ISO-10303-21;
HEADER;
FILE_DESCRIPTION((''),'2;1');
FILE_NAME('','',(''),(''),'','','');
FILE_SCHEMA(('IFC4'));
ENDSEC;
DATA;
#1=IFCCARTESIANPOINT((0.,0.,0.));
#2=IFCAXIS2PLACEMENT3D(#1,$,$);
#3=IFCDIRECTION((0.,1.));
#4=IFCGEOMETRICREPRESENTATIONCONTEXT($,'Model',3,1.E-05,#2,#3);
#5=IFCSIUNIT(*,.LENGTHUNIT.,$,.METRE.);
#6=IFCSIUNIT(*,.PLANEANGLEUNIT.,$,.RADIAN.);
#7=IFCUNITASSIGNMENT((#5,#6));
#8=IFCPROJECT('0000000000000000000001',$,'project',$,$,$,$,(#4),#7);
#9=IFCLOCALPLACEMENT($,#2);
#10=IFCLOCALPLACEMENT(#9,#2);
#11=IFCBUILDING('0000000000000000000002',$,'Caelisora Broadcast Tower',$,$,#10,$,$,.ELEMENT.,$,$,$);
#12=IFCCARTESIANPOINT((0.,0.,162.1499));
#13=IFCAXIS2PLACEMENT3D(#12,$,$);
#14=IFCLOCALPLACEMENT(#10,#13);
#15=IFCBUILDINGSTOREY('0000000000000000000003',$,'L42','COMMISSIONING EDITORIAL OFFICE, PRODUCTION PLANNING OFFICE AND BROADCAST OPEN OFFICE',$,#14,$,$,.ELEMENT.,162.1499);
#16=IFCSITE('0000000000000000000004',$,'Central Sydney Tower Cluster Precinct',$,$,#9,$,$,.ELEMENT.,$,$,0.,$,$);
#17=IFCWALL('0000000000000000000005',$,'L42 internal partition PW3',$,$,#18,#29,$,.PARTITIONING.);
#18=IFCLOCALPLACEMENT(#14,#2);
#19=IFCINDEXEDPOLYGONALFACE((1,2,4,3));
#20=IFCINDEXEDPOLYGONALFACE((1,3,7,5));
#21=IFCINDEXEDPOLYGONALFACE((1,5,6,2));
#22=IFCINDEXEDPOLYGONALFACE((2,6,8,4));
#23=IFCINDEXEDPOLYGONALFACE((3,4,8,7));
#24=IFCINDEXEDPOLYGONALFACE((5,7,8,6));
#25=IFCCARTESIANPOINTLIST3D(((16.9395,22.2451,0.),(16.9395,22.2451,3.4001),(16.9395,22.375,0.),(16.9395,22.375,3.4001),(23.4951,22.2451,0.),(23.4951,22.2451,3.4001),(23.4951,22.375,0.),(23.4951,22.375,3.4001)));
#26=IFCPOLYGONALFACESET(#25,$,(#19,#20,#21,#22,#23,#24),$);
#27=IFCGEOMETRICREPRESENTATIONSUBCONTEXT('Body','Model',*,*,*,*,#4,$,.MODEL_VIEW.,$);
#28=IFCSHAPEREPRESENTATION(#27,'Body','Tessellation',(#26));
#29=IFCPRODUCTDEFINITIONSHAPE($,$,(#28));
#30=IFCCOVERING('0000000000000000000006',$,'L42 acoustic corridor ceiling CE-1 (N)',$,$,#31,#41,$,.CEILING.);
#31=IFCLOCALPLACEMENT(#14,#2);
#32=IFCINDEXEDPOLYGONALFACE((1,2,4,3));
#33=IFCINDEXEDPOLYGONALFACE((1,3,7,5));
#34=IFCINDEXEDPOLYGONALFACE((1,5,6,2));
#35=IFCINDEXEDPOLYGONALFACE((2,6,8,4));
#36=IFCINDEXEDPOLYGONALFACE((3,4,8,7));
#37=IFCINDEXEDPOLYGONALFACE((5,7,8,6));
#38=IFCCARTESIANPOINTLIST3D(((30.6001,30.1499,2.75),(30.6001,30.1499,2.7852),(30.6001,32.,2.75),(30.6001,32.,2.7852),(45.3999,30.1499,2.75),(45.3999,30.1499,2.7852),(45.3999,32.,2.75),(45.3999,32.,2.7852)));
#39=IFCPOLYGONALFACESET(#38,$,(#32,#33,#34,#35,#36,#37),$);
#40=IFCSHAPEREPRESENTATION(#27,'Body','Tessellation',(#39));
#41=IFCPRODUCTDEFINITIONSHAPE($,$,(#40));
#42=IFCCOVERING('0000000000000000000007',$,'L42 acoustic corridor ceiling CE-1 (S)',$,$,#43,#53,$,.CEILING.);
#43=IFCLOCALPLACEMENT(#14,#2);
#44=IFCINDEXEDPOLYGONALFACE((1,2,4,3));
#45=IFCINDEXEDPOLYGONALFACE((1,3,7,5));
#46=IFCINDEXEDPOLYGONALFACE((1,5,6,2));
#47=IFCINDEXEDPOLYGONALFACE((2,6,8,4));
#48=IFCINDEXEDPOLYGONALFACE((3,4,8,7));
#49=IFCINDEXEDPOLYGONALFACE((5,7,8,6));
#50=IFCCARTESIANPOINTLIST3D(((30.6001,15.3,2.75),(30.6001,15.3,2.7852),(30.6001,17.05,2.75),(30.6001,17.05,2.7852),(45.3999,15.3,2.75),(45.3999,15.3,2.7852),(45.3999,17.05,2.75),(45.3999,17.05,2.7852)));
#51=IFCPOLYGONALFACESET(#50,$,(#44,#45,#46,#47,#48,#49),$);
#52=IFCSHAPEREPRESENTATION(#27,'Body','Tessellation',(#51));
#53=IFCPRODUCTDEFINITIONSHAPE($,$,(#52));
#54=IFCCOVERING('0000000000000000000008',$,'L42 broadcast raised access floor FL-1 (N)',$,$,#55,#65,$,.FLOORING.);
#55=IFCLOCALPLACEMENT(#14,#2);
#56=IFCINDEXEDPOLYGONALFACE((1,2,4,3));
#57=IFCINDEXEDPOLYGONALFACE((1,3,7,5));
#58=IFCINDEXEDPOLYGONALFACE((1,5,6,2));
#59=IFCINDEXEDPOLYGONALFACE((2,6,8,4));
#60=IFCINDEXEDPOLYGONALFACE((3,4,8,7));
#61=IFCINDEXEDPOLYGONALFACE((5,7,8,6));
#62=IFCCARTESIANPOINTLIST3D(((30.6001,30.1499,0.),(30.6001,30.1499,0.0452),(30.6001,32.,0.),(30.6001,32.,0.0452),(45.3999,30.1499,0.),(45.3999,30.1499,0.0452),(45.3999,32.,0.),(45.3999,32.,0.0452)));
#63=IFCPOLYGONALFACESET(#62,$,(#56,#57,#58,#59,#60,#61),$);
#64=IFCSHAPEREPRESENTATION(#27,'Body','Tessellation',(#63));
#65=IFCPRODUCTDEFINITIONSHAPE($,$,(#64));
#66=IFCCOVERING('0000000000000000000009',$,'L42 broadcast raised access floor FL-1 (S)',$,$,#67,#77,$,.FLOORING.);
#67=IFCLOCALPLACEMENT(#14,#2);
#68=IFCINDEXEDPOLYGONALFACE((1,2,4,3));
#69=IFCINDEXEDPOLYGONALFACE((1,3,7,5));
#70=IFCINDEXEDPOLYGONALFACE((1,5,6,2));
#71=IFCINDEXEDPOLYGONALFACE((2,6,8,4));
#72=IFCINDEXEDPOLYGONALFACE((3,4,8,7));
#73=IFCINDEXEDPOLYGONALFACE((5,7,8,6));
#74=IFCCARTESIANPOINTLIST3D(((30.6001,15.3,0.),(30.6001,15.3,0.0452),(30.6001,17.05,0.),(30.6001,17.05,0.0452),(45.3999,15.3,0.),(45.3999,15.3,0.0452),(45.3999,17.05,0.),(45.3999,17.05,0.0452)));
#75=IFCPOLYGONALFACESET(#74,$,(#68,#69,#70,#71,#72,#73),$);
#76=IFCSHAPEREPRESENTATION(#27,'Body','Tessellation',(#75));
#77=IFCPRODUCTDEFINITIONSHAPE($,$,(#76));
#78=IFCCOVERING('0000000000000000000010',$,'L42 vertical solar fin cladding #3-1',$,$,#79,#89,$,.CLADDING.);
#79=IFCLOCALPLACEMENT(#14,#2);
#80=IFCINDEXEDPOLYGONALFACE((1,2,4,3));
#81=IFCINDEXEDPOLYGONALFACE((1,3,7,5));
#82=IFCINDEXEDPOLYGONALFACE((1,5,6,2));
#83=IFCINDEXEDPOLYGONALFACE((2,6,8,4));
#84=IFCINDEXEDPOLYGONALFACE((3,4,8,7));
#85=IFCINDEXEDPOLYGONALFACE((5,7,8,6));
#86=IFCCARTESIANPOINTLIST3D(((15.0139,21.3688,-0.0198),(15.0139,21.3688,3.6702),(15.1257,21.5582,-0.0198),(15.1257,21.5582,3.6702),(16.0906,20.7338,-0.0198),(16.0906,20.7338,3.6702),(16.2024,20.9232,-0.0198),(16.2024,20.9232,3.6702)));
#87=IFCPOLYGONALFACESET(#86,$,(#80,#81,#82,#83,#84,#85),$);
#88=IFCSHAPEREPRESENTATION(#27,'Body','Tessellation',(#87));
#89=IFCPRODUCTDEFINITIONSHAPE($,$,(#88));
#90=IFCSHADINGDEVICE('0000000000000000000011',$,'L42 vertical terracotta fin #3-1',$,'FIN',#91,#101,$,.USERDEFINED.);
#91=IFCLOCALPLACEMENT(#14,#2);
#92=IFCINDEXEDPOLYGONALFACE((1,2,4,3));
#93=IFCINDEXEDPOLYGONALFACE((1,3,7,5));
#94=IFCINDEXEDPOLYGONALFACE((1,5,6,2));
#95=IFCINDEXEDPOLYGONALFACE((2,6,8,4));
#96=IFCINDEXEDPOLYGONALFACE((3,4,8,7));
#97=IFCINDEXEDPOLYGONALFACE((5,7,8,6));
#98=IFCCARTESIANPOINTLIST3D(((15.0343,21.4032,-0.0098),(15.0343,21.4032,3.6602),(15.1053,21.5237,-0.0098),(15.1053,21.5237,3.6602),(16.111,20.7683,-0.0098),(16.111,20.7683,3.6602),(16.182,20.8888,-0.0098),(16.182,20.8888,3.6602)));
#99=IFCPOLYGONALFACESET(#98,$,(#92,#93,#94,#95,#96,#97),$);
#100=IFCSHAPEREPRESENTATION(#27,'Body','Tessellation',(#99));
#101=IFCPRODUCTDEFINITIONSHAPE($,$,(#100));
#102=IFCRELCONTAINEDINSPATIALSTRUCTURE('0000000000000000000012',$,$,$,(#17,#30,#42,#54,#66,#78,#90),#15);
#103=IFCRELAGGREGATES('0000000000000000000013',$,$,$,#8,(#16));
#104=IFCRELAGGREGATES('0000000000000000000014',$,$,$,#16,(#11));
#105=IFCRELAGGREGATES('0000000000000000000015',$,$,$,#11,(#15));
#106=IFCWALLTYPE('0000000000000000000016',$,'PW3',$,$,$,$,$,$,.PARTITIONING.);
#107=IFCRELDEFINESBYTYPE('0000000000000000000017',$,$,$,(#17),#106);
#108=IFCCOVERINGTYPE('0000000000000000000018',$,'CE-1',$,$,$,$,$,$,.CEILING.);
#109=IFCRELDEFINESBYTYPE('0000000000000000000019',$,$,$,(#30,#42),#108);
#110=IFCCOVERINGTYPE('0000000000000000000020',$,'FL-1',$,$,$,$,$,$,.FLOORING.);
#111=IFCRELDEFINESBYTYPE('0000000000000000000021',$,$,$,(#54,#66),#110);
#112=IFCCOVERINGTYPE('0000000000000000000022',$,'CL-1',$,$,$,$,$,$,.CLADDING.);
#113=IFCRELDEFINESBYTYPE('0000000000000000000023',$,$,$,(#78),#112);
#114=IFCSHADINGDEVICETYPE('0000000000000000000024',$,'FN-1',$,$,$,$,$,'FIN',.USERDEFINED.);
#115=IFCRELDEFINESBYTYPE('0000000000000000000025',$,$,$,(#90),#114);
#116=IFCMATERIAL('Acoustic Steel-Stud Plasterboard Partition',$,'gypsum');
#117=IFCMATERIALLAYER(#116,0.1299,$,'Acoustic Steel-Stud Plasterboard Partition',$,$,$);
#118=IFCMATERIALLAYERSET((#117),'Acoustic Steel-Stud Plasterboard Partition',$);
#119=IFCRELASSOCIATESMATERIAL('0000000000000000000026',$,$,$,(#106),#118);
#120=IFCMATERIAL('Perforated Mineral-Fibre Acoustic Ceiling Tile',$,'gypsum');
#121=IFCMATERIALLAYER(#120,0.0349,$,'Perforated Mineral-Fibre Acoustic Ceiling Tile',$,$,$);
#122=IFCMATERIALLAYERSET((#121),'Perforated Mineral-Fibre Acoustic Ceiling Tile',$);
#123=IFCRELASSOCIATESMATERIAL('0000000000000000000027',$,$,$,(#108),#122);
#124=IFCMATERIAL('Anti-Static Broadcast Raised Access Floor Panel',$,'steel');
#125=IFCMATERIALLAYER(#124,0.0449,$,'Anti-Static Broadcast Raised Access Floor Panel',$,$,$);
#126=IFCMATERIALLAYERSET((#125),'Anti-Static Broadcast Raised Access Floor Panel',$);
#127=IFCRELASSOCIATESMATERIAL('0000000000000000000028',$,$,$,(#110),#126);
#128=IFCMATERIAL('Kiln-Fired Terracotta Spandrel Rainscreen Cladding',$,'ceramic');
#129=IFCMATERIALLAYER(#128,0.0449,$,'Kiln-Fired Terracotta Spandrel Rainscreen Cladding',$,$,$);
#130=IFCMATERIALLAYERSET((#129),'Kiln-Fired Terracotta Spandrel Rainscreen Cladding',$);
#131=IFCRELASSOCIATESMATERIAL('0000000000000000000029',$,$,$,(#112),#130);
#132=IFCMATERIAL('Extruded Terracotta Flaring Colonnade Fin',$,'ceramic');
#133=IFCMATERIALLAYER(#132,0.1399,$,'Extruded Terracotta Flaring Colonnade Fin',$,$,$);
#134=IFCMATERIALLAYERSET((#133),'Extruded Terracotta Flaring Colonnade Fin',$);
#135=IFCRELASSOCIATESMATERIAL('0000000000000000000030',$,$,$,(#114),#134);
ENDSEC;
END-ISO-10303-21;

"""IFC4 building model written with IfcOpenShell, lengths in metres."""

from ifc_helpers import new_model, si_unit, direction, frame, frame_2d, origin, origin_2d, place, context, subcontext, project, spatial, polyline, rectangle, outline, extrude, source, transform, mapped, material, layer, layer_set, type_object, type_shapes, element, save


model = new_model("IFC4")

# Units and contexts
model_context = context("Model", 3, precision=1e-05, world=origin(), true_north=direction((0.0, 1.0)))
body_context = subcontext(model_context, "Body", "Model", "MODEL_VIEW")
ifc_project = project(units=[si_unit("LENGTHUNIT", "METRE"), si_unit("PLANEANGLEUNIT", "RADIAN")], contexts=[model_context])

# Site, building, storey
site_placement = place(None, origin())
site = spatial("IfcSite", under=ifc_project, at=site_placement, Name="Central Sydney Tower Cluster Precinct", CompositionType="ELEMENT", RefElevation=0.0)
building_placement = place(site_placement, origin())
building = spatial("IfcBuilding", under=site, at=building_placement, Name="Caelisora Broadcast Tower", CompositionType="ELEMENT")
storey_placement = place(building_placement, frame((0.0, 0.0, 162.1499)))
storey = spatial("IfcBuildingStorey", under=building, at=storey_placement, Name="L42", Description="COMMISSIONING EDITORIAL OFFICE, PRODUCTION PLANNING OFFICE AND BROADCAST OPEN OFFICE", CompositionType="ELEMENT", Elevation=162.1499)

# Shared definitions
ifc_material_1 = material(Name="Acoustic Steel-Stud Plasterboard Partition", Category="gypsum")
ifc_layer_1 = layer(ifc_material_1, 0.1299, Name="Acoustic Steel-Stud Plasterboard Partition")
ifc_layer_set_1 = layer_set([ifc_layer_1], Name="Acoustic Steel-Stud Plasterboard Partition")
wall_type_1 = type_object("IfcWallType", Name="PW3", PredefinedType="PARTITIONING", material=ifc_layer_set_1)

# Wall
wall_1_placement = place(storey_placement, frame((16.9395, 22.3101, 0.0), z_axis=(0.0, 0.0, 1.0), x_axis=(1.0, 0.0, 0.0)))
element("IfcWall", 1, at=wall_1_placement, inside=storey, type_object=wall_type_1, Name="L42 internal partition PW3", PredefinedType="PARTITIONING", context=body_context, shape_type="SweptSolid", body=[
    extrude(rectangle(XDim=6.5557, YDim=0.1299, at=frame_2d((3.2778, 0.0))), origin(), (0.0, 0.0, 1.0), 3.4001),
])

# Coverings
ifc_material_2 = material(Name="Perforated Mineral-Fibre Acoustic Ceiling Tile", Category="gypsum")
ifc_layer_2 = layer(ifc_material_2, 0.0349, Name="Perforated Mineral-Fibre Acoustic Ceiling Tile")
ifc_layer_set_2 = layer_set([ifc_layer_2], Name="Perforated Mineral-Fibre Acoustic Ceiling Tile")
covering_type_1 = type_object("IfcCoveringType", Name="CE-1", PredefinedType="CEILING", material=ifc_layer_set_2)
covering_1_placement = place(storey_placement, frame((0.0, 0.0, 2.75)))
element("IfcCovering", 2, at=covering_1_placement, inside=storey, type_object=covering_type_1, Name="L42 acoustic corridor ceiling CE-1 (N)", PredefinedType="CEILING", context=body_context, shape_type="SweptSolid", body=[
    extrude(outline(polyline([(30.6001, 30.1499), (45.3999, 30.1499), (45.3999, 32.0), (30.6001, 32.0), (30.6001, 30.1499)])), origin(), (0.0, 0.0, 1.0), 0.0352),
])
covering_2_placement = place(storey_placement, frame((0.0, 0.0, 2.75)))
element("IfcCovering", 3, at=covering_2_placement, inside=storey, type_object=covering_type_1, Name="L42 acoustic corridor ceiling CE-1 (S)", PredefinedType="CEILING", context=body_context, shape_type="SweptSolid", body=[
    extrude(outline(polyline([(30.6001, 15.3), (45.3999, 15.3), (45.3999, 17.05), (30.6001, 17.05), (30.6001, 15.3)])), origin(), (0.0, 0.0, 1.0), 0.0352),
])
ifc_material_3 = material(Name="Anti-Static Broadcast Raised Access Floor Panel", Category="steel")
ifc_layer_3 = layer(ifc_material_3, 0.0449, Name="Anti-Static Broadcast Raised Access Floor Panel")
ifc_layer_set_3 = layer_set([ifc_layer_3], Name="Anti-Static Broadcast Raised Access Floor Panel")
covering_type_2 = type_object("IfcCoveringType", Name="FL-1", PredefinedType="FLOORING", material=ifc_layer_set_3)
covering_3_placement = place(storey_placement, origin())
element("IfcCovering", 4, at=covering_3_placement, inside=storey, type_object=covering_type_2, Name="L42 broadcast raised access floor FL-1 (N)", PredefinedType="FLOORING", context=body_context, shape_type="SweptSolid", body=[
    extrude(outline(polyline([(30.6001, 30.1499), (45.3999, 30.1499), (45.3999, 32.0), (30.6001, 32.0), (30.6001, 30.1499)])), origin(), (0.0, 0.0, 1.0), 0.0452),
])
covering_4_placement = place(storey_placement, origin())
element("IfcCovering", 5, at=covering_4_placement, inside=storey, type_object=covering_type_2, Name="L42 broadcast raised access floor FL-1 (S)", PredefinedType="FLOORING", context=body_context, shape_type="SweptSolid", body=[
    extrude(outline(polyline([(30.6001, 15.3), (45.3999, 15.3), (45.3999, 17.05), (30.6001, 17.05), (30.6001, 15.3)])), origin(), (0.0, 0.0, 1.0), 0.0452),
])
ifc_material_4 = material(Name="Kiln-Fired Terracotta Spandrel Rainscreen Cladding", Category="ceramic")
ifc_layer_4 = layer(ifc_material_4, 0.0449, Name="Kiln-Fired Terracotta Spandrel Rainscreen Cladding")
ifc_layer_set_4 = layer_set([ifc_layer_4], Name="Kiln-Fired Terracotta Spandrel Rainscreen Cladding")
covering_type_3 = type_object("IfcCoveringType", Name="CL-1", PredefinedType="CLADDING", material=ifc_layer_set_4)
shared_shape_1 = source(origin(), body_context, "Body", "SweptSolid", [
    extrude(rectangle(XDim=0.22, YDim=1.25, at=origin_2d()), origin(), (0.0, 0.0, 1.0), 3.6899),
])
type_shapes(covering_type_3, [shared_shape_1])
covering_5_placement = place(storey_placement, frame((15.6082, 21.146, -0.0198), z_axis=(0.0, 0.0, 1.0), x_axis=(0.507989, 0.861363, 0.0)))
element("IfcCovering", 6, at=covering_5_placement, inside=storey, type_object=covering_type_3, Name="L42 vertical solar fin cladding #3-1", PredefinedType="CLADDING", context=body_context, shape_type="MappedRepresentation", body=[
    mapped(shared_shape_1, transform((0.0, 0.0, 0.0), scale=1.0)),
])

# Shading device
ifc_material_5 = material(Name="Extruded Terracotta Flaring Colonnade Fin", Category="ceramic")
ifc_layer_5 = layer(ifc_material_5, 0.1399, Name="Extruded Terracotta Flaring Colonnade Fin")
ifc_layer_set_5 = layer_set([ifc_layer_5], Name="Extruded Terracotta Flaring Colonnade Fin")
shading_device_type = type_object("IfcShadingDeviceType", Name="FN-1", ElementType="FIN", PredefinedType="USERDEFINED", material=ifc_layer_set_5)
shared_shape_2 = source(origin(), body_context, "Body", "SweptSolid", [
    extrude(rectangle(XDim=0.1399, YDim=1.25, at=origin_2d()), origin(), (0.0, 0.0, 1.0), 3.6699),
])
type_shapes(shading_device_type, [shared_shape_2])
shading_device_placement = place(storey_placement, frame((15.6082, 21.146, -0.0098), z_axis=(0.0, 0.0, 1.0), x_axis=(0.507989, 0.861363, 0.0)))
element("IfcShadingDevice", 7, at=shading_device_placement, inside=storey, type_object=shading_device_type, Name="L42 vertical terracotta fin #3-1", ObjectType="FIN", PredefinedType="USERDEFINED", context=body_context, shape_type="MappedRepresentation", body=[
    mapped(shared_shape_2, transform((0.0, 0.0, 0.0), scale=1.0)),
])

save(model, "model.ifc")
